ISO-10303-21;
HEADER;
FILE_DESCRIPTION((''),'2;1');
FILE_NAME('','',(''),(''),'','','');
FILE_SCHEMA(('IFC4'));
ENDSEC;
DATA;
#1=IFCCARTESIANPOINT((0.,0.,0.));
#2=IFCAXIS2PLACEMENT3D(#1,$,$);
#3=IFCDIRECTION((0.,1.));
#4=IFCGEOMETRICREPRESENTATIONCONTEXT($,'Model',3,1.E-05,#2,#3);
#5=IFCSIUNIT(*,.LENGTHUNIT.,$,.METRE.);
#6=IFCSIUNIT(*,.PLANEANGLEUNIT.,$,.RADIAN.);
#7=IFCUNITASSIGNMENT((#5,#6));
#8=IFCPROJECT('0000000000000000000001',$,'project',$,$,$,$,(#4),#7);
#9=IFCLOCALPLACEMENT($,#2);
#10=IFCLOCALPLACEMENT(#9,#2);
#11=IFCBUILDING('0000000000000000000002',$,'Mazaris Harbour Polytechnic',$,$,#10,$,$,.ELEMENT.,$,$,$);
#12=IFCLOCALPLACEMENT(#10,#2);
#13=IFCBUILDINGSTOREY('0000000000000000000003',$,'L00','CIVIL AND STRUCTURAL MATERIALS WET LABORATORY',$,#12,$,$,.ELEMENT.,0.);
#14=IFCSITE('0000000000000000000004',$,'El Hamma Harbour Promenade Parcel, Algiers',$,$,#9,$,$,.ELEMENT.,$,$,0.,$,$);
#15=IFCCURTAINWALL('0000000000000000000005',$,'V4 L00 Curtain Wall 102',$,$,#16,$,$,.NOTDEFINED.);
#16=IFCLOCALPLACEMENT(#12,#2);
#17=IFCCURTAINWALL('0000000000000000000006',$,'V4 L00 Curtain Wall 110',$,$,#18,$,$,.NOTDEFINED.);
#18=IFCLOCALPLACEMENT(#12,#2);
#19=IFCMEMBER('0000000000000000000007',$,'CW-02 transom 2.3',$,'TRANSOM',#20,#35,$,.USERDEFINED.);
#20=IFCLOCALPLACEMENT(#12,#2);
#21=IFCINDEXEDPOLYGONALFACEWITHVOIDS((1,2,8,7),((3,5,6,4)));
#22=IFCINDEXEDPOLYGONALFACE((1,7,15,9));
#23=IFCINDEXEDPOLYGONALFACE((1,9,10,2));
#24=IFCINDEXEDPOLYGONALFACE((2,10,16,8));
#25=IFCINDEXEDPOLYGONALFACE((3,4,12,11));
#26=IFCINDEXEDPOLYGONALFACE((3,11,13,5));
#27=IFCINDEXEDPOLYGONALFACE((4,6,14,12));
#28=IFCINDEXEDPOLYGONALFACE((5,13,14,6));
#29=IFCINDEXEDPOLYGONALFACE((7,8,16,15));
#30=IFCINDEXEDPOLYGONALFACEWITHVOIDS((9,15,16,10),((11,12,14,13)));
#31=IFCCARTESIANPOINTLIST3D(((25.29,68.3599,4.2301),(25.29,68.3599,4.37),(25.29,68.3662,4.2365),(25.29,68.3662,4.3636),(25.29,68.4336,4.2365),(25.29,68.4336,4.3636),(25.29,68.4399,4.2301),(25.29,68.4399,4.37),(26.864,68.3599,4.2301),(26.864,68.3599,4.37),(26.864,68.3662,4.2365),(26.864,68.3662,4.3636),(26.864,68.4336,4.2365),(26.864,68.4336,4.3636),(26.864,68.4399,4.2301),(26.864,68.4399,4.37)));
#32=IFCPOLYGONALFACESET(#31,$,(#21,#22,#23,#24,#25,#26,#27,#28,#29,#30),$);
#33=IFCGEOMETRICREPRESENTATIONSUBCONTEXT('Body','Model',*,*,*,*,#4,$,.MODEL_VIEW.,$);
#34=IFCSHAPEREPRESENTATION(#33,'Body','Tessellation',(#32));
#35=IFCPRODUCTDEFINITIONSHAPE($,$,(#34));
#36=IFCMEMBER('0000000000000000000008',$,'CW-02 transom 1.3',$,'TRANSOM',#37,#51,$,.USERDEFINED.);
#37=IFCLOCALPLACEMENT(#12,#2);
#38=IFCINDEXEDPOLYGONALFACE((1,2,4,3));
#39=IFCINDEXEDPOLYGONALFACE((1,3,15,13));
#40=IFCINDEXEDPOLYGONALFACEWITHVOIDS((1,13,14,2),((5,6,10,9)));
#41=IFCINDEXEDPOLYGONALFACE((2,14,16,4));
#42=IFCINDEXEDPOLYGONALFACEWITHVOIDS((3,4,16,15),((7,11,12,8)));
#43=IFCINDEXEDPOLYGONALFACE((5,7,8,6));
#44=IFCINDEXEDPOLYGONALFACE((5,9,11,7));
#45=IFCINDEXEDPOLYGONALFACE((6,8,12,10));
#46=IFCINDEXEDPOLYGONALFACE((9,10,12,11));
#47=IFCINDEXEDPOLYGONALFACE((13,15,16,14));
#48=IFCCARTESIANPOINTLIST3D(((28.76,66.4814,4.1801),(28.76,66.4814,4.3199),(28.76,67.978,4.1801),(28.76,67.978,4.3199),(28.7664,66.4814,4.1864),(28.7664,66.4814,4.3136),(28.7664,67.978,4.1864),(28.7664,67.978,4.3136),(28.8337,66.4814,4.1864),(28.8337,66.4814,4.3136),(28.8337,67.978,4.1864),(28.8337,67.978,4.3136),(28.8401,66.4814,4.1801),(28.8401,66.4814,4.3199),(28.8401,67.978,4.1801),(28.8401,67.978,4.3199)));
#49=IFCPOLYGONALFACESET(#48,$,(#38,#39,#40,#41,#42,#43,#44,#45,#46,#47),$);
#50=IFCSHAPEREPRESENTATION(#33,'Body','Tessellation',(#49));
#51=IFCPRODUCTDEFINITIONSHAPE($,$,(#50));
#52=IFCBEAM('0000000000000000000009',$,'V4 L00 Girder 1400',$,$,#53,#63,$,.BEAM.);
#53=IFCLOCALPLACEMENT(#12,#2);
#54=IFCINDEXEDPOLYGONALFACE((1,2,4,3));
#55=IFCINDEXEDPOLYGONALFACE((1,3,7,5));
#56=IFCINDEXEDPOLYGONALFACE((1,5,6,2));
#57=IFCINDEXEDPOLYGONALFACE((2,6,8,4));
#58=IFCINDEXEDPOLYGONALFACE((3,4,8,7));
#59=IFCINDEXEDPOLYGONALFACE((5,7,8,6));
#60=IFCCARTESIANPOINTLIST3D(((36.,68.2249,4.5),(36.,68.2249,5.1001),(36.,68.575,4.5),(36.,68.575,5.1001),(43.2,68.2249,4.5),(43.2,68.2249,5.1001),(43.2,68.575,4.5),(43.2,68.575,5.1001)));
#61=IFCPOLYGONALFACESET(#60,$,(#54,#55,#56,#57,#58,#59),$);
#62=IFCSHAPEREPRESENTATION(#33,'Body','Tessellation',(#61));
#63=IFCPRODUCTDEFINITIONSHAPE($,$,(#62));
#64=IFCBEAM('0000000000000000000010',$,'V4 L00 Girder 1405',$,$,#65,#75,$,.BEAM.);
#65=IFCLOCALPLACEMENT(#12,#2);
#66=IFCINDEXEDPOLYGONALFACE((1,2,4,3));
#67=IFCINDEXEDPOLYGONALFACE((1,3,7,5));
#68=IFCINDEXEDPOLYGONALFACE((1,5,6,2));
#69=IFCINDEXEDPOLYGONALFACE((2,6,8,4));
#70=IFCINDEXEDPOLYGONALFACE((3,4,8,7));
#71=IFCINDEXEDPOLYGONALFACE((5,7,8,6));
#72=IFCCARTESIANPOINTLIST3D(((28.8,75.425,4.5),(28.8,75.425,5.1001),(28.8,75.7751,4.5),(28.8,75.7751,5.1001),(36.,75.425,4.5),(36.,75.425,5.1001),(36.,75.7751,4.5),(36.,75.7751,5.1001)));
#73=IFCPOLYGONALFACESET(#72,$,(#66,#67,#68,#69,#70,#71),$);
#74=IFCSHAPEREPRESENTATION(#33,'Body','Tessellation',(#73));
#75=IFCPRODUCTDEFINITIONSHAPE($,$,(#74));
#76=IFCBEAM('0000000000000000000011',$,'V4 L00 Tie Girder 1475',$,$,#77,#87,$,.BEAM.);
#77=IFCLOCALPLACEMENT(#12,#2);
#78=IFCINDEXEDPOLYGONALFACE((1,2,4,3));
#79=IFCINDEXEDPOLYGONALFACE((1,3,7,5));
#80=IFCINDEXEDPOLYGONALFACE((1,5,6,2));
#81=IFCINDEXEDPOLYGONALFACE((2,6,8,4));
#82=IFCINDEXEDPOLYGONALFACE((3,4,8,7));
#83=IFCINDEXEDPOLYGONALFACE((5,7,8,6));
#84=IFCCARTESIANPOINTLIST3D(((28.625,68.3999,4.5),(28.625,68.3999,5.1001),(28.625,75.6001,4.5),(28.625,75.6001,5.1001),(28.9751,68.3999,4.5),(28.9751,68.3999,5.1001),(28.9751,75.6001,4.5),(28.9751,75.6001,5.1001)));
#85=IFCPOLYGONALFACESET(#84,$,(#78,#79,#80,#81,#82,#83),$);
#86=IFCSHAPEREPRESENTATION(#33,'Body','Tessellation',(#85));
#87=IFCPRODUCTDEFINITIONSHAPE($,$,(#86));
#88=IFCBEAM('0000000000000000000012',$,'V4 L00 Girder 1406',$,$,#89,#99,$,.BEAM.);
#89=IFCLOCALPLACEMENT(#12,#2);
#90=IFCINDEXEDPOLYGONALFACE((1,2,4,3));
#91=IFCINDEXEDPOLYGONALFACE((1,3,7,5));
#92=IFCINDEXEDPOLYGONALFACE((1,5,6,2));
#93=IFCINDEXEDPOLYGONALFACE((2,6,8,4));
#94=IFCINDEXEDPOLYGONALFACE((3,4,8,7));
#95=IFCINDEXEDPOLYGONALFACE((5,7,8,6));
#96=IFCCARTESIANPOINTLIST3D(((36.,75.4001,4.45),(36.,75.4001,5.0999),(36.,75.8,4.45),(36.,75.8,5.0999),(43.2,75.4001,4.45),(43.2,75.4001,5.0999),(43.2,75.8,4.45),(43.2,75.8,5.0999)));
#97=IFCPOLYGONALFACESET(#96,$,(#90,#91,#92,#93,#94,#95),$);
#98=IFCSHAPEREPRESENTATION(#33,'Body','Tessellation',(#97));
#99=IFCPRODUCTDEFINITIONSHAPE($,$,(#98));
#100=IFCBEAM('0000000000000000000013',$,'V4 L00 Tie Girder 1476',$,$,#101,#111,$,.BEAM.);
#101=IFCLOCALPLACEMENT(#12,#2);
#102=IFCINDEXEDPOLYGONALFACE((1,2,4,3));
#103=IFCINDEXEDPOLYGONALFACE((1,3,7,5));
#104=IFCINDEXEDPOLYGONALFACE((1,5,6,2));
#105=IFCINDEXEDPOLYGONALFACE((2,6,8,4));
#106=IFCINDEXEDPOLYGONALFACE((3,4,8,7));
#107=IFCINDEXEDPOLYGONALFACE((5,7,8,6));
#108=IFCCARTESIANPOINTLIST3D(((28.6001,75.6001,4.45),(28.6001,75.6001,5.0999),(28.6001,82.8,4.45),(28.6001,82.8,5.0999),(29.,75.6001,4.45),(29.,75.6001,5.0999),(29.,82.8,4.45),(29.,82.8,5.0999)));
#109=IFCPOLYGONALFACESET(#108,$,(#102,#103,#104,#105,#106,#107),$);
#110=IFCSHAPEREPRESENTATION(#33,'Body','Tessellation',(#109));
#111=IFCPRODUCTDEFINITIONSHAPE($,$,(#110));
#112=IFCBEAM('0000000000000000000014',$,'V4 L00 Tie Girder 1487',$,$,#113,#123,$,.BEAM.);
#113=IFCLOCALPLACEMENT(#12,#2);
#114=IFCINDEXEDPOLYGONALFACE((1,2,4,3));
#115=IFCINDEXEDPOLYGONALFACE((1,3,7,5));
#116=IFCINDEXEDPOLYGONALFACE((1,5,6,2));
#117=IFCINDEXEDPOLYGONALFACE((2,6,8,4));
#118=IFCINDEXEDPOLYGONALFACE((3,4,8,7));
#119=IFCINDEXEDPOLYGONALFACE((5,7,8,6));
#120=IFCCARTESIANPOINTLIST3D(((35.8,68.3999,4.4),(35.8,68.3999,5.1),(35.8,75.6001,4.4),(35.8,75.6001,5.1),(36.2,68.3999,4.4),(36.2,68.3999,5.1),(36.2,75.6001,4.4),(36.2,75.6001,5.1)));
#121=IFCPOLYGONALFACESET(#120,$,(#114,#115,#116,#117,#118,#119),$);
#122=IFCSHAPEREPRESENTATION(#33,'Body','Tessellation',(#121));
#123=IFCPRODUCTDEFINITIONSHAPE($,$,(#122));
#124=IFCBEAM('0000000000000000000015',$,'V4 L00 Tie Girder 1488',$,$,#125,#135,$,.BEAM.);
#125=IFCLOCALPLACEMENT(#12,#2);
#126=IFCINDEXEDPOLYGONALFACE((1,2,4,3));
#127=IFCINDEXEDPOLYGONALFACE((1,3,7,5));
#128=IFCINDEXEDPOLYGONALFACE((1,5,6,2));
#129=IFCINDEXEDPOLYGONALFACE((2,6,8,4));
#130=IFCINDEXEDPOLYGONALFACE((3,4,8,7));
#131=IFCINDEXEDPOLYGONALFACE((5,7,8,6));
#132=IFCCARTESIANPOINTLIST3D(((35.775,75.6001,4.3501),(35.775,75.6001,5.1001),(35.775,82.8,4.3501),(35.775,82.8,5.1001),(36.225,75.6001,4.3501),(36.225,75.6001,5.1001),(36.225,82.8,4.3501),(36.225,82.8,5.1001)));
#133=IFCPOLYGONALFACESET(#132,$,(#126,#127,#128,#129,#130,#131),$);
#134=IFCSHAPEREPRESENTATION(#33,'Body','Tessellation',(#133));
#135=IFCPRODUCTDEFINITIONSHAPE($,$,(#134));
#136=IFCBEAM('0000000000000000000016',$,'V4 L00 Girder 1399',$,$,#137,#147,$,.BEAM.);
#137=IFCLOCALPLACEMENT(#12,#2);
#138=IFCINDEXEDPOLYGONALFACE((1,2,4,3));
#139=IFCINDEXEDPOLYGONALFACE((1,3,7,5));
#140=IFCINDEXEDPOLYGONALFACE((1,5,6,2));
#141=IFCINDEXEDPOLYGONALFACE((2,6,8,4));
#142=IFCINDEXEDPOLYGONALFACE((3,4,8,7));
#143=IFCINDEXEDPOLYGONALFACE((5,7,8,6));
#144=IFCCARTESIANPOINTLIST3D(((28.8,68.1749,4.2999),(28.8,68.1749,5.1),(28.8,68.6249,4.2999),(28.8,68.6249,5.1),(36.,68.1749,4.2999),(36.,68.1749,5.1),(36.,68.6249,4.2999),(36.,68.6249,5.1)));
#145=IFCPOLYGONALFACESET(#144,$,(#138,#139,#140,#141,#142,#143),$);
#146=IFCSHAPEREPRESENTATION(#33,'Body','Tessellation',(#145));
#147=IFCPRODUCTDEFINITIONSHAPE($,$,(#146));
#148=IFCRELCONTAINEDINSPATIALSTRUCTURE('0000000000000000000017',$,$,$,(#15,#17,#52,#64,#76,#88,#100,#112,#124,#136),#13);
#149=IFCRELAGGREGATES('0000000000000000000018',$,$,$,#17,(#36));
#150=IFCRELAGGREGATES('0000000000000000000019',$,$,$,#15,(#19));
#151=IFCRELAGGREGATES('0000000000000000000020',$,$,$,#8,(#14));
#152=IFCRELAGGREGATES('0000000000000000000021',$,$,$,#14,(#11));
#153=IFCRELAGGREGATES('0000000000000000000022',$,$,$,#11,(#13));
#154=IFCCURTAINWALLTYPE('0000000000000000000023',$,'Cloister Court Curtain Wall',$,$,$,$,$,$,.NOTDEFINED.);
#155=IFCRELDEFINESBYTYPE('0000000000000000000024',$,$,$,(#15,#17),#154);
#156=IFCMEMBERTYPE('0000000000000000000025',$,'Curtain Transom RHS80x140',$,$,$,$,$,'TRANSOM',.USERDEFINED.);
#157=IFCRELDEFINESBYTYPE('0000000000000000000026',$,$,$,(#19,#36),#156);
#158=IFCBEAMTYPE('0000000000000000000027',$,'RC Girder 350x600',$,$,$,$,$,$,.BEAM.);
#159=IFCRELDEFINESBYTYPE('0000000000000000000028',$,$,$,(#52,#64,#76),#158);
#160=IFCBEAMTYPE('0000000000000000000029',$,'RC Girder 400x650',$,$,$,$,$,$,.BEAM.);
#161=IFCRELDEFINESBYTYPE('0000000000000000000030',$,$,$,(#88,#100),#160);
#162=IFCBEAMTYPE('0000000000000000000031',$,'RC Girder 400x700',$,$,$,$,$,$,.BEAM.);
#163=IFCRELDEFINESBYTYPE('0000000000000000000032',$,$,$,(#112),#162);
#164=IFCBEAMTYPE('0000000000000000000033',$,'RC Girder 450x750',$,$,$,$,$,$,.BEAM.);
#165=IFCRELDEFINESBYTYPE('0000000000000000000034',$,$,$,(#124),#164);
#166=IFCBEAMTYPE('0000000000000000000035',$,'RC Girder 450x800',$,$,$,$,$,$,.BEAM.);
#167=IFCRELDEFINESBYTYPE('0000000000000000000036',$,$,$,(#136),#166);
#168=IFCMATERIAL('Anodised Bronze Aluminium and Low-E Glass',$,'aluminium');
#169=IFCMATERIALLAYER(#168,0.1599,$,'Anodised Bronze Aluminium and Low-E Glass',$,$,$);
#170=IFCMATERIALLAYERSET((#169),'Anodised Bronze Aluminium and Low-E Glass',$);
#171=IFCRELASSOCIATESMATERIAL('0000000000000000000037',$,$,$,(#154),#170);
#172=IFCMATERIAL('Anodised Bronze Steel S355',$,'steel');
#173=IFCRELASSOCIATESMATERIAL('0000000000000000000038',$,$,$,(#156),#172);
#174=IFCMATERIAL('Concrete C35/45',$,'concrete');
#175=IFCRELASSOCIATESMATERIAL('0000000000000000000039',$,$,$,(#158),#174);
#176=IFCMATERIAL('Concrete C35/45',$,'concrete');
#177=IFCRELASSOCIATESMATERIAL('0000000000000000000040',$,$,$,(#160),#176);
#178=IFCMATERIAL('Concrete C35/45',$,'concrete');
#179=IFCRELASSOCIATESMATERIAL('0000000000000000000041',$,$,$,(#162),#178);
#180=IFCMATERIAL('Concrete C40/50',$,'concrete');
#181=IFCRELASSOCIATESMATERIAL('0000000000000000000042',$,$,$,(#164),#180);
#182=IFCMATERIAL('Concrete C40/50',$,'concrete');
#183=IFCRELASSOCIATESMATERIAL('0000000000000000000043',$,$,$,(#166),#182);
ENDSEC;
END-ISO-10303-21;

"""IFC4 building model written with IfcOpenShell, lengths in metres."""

from ifc_helpers import new_model, si_unit, direction, frame, origin, origin_2d, place, context, subcontext, project, spatial, rectangle, hollow_rectangle, extrude, material, layer, layer_set, material_profile, profile_set, type_object, element, aggregate, save


model = new_model("IFC4")

# Units and contexts
model_context = context("Model", 3, precision=1e-05, world=origin(), true_north=direction((0.0, 1.0)))
body_context = subcontext(model_context, "Body", "Model", "MODEL_VIEW")
ifc_project = project(units=[si_unit("LENGTHUNIT", "METRE"), si_unit("PLANEANGLEUNIT", "RADIAN")], contexts=[model_context])

# Site, building, storey
site_placement = place(None, origin())
site = spatial("IfcSite", under=ifc_project, at=site_placement, Name="El Hamma Harbour Promenade Parcel, Algiers", CompositionType="ELEMENT", RefElevation=0.0)
building_placement = place(site_placement, origin())
building = spatial("IfcBuilding", under=site, at=building_placement, Name="Mazaris Harbour Polytechnic", CompositionType="ELEMENT")
storey_placement = place(building_placement, origin())
storey = spatial("IfcBuildingStorey", under=building, at=storey_placement, Name="L00", Description="CIVIL AND STRUCTURAL MATERIALS WET LABORATORY", CompositionType="ELEMENT", Elevation=0.0)

# Curtain wall
ifc_material_1 = material(Name="Anodised Bronze Aluminium and Low-E Glass", Category="aluminium")
ifc_layer_1 = layer(ifc_material_1, 0.1599, Name="Anodised Bronze Aluminium and Low-E Glass")
ifc_layer_set_1 = layer_set([ifc_layer_1], Name="Anodised Bronze Aluminium and Low-E Glass")
curtain_wall_type = type_object("IfcCurtainWallType", Name="Cloister Court Curtain Wall", PredefinedType="NOTDEFINED", material=ifc_layer_set_1)
curtain_wall_1_placement = place(storey_placement, origin())
curtain_wall_1 = element("IfcCurtainWall", 1, at=curtain_wall_1_placement, inside=storey, type_object=curtain_wall_type, Name="V4 L00 Curtain Wall 102", PredefinedType="NOTDEFINED")

# Curtain wall
curtain_wall_2_placement = place(storey_placement, origin())
curtain_wall_2 = element("IfcCurtainWall", 2, at=curtain_wall_2_placement, inside=storey, type_object=curtain_wall_type, Name="V4 L00 Curtain Wall 110", PredefinedType="NOTDEFINED")

# Members
ifc_material_2 = material(Name="Anodised Bronze Steel S355", Category="steel")
ifc_material_profile_1 = material_profile(ifc_material_2, hollow_rectangle(XDim=0.0801, YDim=0.1399, WallThickness=0.0063, at=origin_2d()), Name="RHS 80x140x6.3")
ifc_profile_set_1 = profile_set([ifc_material_profile_1], Name="Anodised Bronze Steel S355")
member_type_1 = type_object("IfcMemberType", Name="Curtain Transom RHS80x140", ElementType="TRANSOM", PredefinedType="USERDEFINED", material=ifc_profile_set_1)
member_1_placement = place(storey_placement, frame((26.864, 68.3999, 4.3), z_axis=(-1.0, 0.0, 0.0), x_axis=(0.0, -1.0, 0.0)))
member_1 = element("IfcMember", 3, at=member_1_placement, type_object=member_type_1, Name="CW-02 transom 2.3", ObjectType="TRANSOM", PredefinedType="USERDEFINED", context=body_context, shape_type="SweptSolid", body=[
    extrude(hollow_rectangle(XDim=0.0801, YDim=0.1399, WallThickness=0.0063, at=origin_2d()), origin(), (0.0, 0.0, 1.0), 1.574),
])
member_2_placement = place(storey_placement, frame((28.8, 67.978, 4.25), z_axis=(0.0, -1.0, 0.0), x_axis=(1.0, 0.0, 0.0)))
member_2 = element("IfcMember", 4, at=member_2_placement, type_object=member_type_1, Name="CW-02 transom 1.3", ObjectType="TRANSOM", PredefinedType="USERDEFINED", context=body_context, shape_type="SweptSolid", body=[
    extrude(hollow_rectangle(XDim=0.0801, YDim=0.1399, WallThickness=0.0063, at=origin_2d()), origin(), (0.0, 0.0, 1.0), 1.4966),
])
aggregate(curtain_wall_2, [member_2])

# Beams
ifc_material_3 = material(Name="Concrete C35/45", Category="concrete")
ifc_material_profile_2 = material_profile(ifc_material_3, rectangle(XDim=0.3501, YDim=0.6001, at=origin_2d()), Name="RECT350x600")
ifc_profile_set_2 = profile_set([ifc_material_profile_2], Name="Concrete C35/45")
beam_type_1 = type_object("IfcBeamType", Name="RC Girder 350x600", PredefinedType="BEAM", material=ifc_profile_set_2)
for number, where, z_axis, x_axis, name in (
    (5, (36.0, 68.3999, 4.8), (1.0, 0.0, 0.0), (0.0, 1.0, 0.0), "V4 L00 Girder 1400"),
    (6, (28.8, 75.6001, 4.8), (1.0, 0.0, 0.0), (0.0, 1.0, 0.0), "V4 L00 Girder 1405"),
):
    element("IfcBeam", number, at=place(storey_placement, frame(where, z_axis=z_axis, x_axis=x_axis)), inside=storey, type_object=beam_type_1, Name=name, PredefinedType="BEAM", context=body_context, shape_type="SweptSolid", body=[
        extrude(rectangle(XDim=0.3501, YDim=0.6001, at=origin_2d()), origin(), (0.0, 0.0, 1.0), 7.2),
    ])
beam_1_placement = place(storey_placement, frame((28.8, 68.3999, 4.8), z_axis=(0.0, 1.0, 0.0), x_axis=(-1.0, 0.0, 0.0)))
element("IfcBeam", 7, at=beam_1_placement, inside=storey, type_object=beam_type_1, Name="V4 L00 Tie Girder 1475", PredefinedType="BEAM", context=body_context, shape_type="SweptSolid", body=[
    extrude(rectangle(XDim=0.3501, YDim=0.6001, at=origin_2d()), origin(), (0.0, 0.0, 1.0), 7.2002),
])
ifc_material_4 = material(Name="Concrete C35/45", Category="concrete")
ifc_material_profile_3 = material_profile(ifc_material_4, rectangle(XDim=0.3999, YDim=0.6499, at=origin_2d()), Name="RECT400x650")
ifc_profile_set_3 = profile_set([ifc_material_profile_3], Name="Concrete C35/45")
beam_type_2 = type_object("IfcBeamType", Name="RC Girder 400x650", PredefinedType="BEAM", material=ifc_profile_set_3)
for number, where, z_axis, x_axis, name in (
    (8, (36.0, 75.6001, 4.7749), (1.0, 0.0, 0.0), (0.0, 1.0, 0.0), "V4 L00 Girder 1406"),
    (9, (28.8, 75.6001, 4.7749), (0.0, 1.0, 0.0), (-1.0, 0.0, 0.0), "V4 L00 Tie Girder 1476"),
):
    element("IfcBeam", number, at=place(storey_placement, frame(where, z_axis=z_axis, x_axis=x_axis)), inside=storey, type_object=beam_type_2, Name=name, PredefinedType="BEAM", context=body_context, shape_type="SweptSolid", body=[
        extrude(rectangle(XDim=0.3999, YDim=0.6499, at=origin_2d()), origin(), (0.0, 0.0, 1.0), 7.2),
    ])
ifc_material_5 = material(Name="Concrete C35/45", Category="concrete")
ifc_material_profile_4 = material_profile(ifc_material_5, rectangle(XDim=0.3999, YDim=0.7, at=origin_2d()), Name="RECT400x700")
ifc_profile_set_4 = profile_set([ifc_material_profile_4], Name="Concrete C35/45")
beam_type_3 = type_object("IfcBeamType", Name="RC Girder 400x700", PredefinedType="BEAM", material=ifc_profile_set_4)
beam_2_placement = place(storey_placement, frame((36.0, 68.3999, 4.75), z_axis=(0.0, 1.0, 0.0), x_axis=(-1.0, 0.0, 0.0)))
element("IfcBeam", 10, at=beam_2_placement, inside=storey, type_object=beam_type_3, Name="V4 L00 Tie Girder 1487", PredefinedType="BEAM", context=body_context, shape_type="SweptSolid", body=[
    extrude(rectangle(XDim=0.3999, YDim=0.7, at=origin_2d()), origin(), (0.0, 0.0, 1.0), 7.2002),
])
ifc_material_6 = material(Name="Concrete C40/50", Category="concrete")
ifc_material_profile_5 = material_profile(ifc_material_6, rectangle(XDim=0.45, YDim=0.75, at=origin_2d()), Name="RECT450x750")
ifc_profile_set_5 = profile_set([ifc_material_profile_5], Name="Concrete C40/50")
beam_type_4 = type_object("IfcBeamType", Name="RC Girder 450x750", PredefinedType="BEAM", material=ifc_profile_set_5)
beam_3_placement = place(storey_placement, frame((36.0, 75.6001, 4.7251), z_axis=(0.0, 1.0, 0.0), x_axis=(-1.0, 0.0, 0.0)))
element("IfcBeam", 11, at=beam_3_placement, inside=storey, type_object=beam_type_4, Name="V4 L00 Tie Girder 1488", PredefinedType="BEAM", context=body_context, shape_type="SweptSolid", body=[
    extrude(rectangle(XDim=0.45, YDim=0.75, at=origin_2d()), origin(), (0.0, 0.0, 1.0), 7.2),
])
ifc_material_7 = material(Name="Concrete C40/50", Category="concrete")
ifc_material_profile_6 = material_profile(ifc_material_7, rectangle(XDim=0.45, YDim=0.8, at=origin_2d()), Name="RECT450x800")
ifc_profile_set_6 = profile_set([ifc_material_profile_6], Name="Concrete C40/50")
beam_type_5 = type_object("IfcBeamType", Name="RC Girder 450x800", PredefinedType="BEAM", material=ifc_profile_set_6)
beam_4_placement = place(storey_placement, frame((28.8, 68.3999, 4.7), z_axis=(1.0, 0.0, 0.0), x_axis=(0.0, 1.0, 0.0)))
element("IfcBeam", 12, at=beam_4_placement, inside=storey, type_object=beam_type_5, Name="V4 L00 Girder 1399", PredefinedType="BEAM", context=body_context, shape_type="SweptSolid", body=[
    extrude(rectangle(XDim=0.45, YDim=0.8, at=origin_2d()), origin(), (0.0, 0.0, 1.0), 7.2),
])

aggregate(curtain_wall_1, [member_1])

save(model, "model.ifc")
